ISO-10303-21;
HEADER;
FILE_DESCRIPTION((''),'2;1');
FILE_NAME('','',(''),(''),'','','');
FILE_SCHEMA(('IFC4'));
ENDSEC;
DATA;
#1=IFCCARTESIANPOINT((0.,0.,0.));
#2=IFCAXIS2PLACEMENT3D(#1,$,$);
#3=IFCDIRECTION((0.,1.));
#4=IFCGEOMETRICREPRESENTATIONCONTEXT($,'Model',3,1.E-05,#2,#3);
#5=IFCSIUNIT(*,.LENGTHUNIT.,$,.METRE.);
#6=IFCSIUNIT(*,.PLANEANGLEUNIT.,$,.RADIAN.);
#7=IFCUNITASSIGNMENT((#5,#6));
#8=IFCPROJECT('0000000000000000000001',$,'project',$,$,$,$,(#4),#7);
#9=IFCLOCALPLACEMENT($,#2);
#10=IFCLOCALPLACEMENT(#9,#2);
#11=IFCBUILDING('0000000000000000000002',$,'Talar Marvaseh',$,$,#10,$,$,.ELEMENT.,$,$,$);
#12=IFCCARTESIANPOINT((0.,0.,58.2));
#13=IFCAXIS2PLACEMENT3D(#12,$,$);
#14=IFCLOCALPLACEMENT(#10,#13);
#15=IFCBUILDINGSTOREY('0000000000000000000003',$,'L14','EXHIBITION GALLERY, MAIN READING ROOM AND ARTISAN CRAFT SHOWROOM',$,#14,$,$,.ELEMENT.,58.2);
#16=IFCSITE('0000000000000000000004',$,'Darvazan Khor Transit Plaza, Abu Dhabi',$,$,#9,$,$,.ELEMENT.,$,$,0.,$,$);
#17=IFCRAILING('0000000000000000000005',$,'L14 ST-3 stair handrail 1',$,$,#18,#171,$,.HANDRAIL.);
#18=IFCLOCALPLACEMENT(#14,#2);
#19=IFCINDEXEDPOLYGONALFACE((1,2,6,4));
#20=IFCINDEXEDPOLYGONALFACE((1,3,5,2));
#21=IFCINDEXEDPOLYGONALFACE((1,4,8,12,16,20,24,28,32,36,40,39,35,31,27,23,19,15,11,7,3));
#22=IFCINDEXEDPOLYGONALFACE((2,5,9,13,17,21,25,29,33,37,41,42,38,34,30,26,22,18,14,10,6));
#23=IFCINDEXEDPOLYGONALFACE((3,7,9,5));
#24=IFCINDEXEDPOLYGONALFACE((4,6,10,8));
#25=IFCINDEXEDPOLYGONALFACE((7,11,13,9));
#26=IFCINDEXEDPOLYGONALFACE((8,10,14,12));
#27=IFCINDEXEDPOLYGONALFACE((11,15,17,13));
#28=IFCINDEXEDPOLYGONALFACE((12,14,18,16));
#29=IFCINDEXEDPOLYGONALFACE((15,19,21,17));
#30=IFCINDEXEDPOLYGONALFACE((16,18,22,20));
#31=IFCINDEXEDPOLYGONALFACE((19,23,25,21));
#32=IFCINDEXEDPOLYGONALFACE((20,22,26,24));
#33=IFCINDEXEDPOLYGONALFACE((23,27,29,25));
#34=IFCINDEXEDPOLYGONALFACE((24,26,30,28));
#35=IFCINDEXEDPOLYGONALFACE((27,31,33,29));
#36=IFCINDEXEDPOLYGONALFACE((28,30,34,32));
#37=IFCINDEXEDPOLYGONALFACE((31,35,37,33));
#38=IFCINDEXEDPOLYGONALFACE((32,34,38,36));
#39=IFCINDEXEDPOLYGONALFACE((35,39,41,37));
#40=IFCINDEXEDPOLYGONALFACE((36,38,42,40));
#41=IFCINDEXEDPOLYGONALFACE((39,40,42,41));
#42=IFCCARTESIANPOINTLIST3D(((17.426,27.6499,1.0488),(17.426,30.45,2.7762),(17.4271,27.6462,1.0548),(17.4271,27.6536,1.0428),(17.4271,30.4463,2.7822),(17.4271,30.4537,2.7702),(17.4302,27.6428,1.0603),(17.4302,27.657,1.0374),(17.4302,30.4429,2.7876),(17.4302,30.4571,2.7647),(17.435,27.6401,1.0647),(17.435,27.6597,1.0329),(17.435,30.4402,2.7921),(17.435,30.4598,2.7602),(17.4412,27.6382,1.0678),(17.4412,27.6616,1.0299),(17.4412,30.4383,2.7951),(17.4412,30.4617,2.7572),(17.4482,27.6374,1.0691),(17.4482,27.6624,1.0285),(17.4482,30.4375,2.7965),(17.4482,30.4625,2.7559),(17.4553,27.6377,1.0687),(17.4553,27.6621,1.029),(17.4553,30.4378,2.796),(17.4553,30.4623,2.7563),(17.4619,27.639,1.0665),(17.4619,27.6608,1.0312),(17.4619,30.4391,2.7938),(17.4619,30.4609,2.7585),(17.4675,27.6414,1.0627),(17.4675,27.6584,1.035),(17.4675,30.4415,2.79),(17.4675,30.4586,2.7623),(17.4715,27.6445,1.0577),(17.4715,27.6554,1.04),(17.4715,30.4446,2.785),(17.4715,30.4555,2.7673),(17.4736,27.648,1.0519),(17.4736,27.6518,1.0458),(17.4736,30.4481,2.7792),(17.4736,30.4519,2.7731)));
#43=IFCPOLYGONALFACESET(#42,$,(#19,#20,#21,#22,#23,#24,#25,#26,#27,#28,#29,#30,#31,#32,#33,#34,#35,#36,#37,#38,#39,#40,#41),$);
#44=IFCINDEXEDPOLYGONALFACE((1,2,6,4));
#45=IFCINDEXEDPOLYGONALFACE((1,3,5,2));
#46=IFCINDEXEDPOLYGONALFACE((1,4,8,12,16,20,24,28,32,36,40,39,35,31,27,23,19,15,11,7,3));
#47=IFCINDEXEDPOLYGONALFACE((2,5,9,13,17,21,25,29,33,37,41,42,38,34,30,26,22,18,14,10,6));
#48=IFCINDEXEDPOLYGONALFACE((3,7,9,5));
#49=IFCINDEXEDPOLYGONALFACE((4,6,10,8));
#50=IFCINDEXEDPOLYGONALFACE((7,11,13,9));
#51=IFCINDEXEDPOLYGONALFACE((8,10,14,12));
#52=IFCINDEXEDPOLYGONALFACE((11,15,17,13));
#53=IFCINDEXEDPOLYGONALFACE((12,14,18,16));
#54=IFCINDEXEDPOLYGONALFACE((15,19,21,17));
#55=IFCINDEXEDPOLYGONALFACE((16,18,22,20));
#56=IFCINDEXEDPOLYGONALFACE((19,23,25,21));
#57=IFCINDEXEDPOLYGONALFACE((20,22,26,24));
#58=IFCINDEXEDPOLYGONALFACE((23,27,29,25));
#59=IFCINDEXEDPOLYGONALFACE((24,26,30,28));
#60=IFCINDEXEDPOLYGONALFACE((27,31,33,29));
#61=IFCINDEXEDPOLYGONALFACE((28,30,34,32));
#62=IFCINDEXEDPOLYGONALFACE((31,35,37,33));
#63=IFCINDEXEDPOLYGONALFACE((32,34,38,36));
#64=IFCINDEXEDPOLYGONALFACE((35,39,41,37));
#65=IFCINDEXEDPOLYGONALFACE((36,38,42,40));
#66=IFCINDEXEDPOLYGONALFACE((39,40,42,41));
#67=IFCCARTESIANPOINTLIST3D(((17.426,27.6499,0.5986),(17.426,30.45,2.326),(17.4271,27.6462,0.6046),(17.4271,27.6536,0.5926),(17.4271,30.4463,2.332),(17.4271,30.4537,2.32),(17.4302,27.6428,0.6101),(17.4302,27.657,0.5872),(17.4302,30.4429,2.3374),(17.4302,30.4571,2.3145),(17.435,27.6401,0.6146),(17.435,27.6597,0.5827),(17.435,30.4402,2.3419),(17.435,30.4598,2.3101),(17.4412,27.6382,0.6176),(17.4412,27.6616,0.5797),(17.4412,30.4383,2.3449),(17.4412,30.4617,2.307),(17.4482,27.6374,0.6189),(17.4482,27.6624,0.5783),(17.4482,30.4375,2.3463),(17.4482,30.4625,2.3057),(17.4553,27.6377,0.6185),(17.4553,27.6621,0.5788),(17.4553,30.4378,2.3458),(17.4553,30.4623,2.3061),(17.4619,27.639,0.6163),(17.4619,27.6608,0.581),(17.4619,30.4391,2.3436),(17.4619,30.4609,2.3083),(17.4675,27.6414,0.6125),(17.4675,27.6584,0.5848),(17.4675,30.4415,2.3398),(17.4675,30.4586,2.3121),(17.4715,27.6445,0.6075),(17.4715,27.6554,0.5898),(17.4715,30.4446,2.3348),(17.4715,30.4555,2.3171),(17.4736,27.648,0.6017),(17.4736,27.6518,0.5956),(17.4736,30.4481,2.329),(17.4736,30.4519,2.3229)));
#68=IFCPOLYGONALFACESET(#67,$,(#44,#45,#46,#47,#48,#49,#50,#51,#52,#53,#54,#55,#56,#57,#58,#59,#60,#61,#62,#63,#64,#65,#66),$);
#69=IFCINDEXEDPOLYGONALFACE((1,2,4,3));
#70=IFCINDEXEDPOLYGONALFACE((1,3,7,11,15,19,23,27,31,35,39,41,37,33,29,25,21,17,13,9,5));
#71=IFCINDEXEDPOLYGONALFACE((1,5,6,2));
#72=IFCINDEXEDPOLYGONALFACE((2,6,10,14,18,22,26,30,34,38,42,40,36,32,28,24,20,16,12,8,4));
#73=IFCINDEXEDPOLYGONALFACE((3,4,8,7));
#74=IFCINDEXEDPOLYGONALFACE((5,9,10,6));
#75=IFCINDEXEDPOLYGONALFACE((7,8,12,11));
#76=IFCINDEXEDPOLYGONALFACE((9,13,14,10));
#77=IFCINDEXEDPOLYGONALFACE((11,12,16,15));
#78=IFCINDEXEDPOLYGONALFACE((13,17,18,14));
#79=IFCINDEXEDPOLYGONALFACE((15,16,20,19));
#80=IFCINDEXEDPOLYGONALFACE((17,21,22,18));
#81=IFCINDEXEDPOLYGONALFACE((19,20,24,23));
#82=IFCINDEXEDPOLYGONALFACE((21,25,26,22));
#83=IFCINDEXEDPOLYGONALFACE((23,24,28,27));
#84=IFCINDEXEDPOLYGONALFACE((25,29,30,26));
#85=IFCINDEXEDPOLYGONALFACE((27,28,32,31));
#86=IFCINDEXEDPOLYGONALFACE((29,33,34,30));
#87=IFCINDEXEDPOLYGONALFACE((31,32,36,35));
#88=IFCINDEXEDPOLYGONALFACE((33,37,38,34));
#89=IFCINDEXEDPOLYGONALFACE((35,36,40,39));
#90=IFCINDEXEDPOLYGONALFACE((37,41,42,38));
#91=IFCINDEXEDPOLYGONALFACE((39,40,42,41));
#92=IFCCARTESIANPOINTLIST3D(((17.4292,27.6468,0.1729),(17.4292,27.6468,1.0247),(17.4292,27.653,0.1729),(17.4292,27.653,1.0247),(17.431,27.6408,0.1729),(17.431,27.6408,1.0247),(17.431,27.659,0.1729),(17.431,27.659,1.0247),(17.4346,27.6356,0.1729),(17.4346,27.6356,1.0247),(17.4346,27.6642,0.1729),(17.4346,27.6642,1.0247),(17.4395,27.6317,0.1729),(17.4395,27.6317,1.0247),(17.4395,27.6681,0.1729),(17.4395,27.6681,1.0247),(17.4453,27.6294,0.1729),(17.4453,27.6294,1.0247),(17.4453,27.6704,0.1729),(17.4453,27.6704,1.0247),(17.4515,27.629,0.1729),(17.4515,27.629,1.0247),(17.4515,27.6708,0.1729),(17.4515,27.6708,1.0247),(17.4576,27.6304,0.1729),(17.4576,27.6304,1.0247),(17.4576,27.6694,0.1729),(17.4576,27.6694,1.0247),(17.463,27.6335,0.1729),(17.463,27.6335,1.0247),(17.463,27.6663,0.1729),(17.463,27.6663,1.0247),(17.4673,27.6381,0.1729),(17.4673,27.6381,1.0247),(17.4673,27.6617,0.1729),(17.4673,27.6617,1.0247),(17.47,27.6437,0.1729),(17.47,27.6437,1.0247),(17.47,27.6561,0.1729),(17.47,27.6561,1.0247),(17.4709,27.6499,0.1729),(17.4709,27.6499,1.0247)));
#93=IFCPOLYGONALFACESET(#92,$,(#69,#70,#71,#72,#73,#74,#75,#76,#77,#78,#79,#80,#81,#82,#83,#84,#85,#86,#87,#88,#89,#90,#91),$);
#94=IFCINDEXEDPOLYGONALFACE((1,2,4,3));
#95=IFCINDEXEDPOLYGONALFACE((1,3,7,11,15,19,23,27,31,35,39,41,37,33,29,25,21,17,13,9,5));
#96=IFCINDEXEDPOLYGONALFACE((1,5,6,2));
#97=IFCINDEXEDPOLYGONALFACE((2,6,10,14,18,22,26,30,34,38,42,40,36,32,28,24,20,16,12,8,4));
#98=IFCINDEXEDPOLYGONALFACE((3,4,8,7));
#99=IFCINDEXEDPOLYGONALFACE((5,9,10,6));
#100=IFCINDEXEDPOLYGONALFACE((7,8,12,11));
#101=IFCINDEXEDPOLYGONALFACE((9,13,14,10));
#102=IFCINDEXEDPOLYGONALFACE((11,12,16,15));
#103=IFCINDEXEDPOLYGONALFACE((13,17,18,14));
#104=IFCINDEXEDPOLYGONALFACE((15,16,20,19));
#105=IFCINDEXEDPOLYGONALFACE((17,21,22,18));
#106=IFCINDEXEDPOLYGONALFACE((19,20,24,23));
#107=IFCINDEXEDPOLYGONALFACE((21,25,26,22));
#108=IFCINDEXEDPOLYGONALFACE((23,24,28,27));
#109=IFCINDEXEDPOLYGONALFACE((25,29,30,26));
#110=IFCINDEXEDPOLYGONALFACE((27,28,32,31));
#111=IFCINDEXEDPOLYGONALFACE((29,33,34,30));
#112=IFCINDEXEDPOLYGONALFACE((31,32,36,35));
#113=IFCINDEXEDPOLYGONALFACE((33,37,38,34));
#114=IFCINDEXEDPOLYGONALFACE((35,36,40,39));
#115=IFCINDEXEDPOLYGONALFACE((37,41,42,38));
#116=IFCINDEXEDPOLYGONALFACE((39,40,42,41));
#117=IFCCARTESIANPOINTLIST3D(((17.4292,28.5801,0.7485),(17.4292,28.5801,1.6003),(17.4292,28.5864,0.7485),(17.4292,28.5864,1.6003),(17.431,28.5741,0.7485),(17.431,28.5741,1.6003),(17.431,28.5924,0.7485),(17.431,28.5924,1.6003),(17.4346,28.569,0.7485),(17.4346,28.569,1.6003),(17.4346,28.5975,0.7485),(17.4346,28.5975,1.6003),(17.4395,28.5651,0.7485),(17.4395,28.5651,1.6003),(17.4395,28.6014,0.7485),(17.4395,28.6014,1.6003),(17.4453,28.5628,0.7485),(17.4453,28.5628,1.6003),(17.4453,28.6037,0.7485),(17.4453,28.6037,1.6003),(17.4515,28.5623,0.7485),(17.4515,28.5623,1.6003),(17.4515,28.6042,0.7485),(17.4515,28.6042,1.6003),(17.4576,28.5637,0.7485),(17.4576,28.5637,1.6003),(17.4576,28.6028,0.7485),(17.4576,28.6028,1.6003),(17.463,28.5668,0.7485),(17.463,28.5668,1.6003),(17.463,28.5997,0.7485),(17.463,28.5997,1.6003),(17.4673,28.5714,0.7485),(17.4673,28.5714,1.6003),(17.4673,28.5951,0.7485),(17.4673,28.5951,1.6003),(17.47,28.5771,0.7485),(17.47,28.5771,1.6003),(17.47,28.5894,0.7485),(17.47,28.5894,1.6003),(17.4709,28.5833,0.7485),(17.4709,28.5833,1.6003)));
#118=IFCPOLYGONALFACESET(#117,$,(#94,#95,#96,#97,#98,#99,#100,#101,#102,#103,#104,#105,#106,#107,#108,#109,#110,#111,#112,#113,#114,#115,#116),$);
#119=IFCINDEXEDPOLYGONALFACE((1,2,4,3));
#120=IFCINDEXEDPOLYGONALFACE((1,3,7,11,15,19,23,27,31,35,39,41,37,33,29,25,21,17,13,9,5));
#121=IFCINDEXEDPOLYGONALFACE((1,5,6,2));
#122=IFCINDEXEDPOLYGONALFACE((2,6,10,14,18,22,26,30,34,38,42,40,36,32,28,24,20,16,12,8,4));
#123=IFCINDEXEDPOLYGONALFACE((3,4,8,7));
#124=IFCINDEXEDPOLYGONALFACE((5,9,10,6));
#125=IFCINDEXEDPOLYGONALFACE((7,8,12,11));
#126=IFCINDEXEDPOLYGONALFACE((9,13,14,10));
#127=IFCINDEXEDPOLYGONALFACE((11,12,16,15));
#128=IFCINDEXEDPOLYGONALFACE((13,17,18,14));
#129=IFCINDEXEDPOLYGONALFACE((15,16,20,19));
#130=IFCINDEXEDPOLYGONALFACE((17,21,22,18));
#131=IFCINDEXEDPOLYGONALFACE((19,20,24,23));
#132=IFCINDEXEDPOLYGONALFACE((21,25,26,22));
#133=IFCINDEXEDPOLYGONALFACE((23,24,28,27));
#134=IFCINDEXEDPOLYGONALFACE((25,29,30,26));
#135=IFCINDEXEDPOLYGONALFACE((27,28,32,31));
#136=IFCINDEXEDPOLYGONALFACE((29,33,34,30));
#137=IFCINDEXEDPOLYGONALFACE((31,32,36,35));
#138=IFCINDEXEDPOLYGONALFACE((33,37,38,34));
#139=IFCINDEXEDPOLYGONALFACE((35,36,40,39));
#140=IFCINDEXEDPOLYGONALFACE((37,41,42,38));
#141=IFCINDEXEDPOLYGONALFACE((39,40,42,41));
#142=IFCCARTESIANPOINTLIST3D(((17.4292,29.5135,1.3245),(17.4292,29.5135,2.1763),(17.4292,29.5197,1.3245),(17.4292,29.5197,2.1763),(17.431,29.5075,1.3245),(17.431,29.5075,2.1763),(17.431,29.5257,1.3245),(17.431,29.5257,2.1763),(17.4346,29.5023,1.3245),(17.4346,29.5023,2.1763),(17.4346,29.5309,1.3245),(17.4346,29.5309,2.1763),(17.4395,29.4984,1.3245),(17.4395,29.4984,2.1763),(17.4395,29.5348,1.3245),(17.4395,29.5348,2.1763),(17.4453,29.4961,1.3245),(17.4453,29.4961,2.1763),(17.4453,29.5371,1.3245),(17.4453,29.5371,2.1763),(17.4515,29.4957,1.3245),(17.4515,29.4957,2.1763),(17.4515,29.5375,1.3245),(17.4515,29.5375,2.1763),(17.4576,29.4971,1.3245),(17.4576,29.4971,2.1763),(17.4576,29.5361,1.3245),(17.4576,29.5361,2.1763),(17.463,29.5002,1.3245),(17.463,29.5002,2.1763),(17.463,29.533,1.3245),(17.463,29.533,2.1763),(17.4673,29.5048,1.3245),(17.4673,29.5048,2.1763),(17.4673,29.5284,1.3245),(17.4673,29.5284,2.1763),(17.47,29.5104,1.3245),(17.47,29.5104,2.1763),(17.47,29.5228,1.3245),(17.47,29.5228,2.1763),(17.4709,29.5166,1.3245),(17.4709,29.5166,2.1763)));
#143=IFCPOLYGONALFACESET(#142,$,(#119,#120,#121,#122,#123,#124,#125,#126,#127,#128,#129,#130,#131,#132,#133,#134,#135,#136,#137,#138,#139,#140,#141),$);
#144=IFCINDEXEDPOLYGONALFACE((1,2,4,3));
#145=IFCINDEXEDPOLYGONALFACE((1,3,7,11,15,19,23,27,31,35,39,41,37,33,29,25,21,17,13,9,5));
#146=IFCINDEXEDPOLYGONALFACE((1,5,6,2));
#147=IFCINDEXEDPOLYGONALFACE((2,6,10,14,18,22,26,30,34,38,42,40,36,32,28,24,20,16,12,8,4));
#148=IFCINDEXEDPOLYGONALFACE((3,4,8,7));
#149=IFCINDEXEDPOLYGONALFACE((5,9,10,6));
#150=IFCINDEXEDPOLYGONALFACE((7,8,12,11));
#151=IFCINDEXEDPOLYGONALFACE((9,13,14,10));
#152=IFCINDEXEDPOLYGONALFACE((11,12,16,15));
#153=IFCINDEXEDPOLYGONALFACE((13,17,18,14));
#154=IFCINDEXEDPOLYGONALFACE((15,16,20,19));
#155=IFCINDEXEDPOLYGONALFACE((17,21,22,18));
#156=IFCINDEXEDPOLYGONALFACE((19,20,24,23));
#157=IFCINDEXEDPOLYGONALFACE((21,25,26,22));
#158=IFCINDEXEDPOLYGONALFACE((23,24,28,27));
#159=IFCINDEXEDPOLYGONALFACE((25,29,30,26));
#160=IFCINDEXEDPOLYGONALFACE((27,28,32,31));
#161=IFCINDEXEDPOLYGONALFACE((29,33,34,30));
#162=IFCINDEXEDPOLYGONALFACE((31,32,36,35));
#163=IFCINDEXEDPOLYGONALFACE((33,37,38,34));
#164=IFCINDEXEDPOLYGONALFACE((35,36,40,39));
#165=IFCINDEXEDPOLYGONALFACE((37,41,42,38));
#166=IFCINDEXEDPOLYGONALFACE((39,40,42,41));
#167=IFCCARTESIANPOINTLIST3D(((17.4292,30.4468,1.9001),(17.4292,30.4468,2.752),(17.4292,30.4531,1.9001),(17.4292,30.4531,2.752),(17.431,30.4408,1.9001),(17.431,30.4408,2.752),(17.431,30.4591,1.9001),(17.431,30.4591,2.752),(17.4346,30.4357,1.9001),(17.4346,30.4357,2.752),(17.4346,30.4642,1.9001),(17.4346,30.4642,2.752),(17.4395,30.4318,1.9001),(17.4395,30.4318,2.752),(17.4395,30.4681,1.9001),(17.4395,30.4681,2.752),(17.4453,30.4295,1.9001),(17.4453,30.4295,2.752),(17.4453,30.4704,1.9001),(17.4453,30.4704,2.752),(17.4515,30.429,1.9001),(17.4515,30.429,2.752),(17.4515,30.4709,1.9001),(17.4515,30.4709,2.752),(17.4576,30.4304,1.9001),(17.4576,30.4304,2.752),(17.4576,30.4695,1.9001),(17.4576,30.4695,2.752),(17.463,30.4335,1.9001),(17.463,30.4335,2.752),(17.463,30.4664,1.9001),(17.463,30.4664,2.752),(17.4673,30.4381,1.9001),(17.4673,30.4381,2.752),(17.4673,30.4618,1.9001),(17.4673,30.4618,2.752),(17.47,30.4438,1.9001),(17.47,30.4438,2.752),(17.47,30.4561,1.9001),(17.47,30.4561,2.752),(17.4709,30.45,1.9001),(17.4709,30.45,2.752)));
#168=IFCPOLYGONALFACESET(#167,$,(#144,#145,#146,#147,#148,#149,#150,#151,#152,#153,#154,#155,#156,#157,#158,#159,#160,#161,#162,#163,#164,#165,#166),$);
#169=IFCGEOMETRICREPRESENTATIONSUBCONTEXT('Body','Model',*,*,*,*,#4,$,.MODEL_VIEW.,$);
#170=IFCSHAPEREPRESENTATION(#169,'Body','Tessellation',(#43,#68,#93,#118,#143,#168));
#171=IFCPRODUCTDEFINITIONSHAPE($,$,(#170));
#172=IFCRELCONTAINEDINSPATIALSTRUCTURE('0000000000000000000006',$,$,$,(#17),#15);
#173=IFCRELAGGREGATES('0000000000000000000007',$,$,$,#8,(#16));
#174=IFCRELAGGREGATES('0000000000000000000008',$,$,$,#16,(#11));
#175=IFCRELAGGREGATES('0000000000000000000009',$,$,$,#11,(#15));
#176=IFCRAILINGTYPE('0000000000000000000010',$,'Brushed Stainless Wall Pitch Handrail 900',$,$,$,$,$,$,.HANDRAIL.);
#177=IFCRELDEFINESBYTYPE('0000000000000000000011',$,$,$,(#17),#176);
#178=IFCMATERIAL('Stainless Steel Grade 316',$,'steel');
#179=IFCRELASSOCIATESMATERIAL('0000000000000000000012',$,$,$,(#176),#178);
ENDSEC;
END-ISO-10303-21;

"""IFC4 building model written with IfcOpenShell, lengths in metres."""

from ifc_helpers import new_model, si_unit, direction, frame, origin, origin_2d, place, context, subcontext, project, spatial, circle, extrude, material, type_object, element, save


model = new_model("IFC4")

# Units and contexts
model_context = context("Model", 3, precision=1e-05, world=origin(), true_north=direction((0.0, 1.0)))
body_context = subcontext(model_context, "Body", "Model", "MODEL_VIEW")
ifc_project = project(units=[si_unit("LENGTHUNIT", "METRE"), si_unit("PLANEANGLEUNIT", "RADIAN")], contexts=[model_context])

# Site, building, storey
site_placement = place(None, origin())
site = spatial("IfcSite", under=ifc_project, at=site_placement, Name="Darvazan Khor Transit Plaza, Abu Dhabi", CompositionType="ELEMENT", RefElevation=0.0)
building_placement = place(site_placement, origin())
building = spatial("IfcBuilding", under=site, at=building_placement, Name="Talar Marvaseh", CompositionType="ELEMENT")
storey_placement = place(building_placement, frame((0.0, 0.0, 58.2)))
storey = spatial("IfcBuildingStorey", under=building, at=storey_placement, Name="L14", Description="EXHIBITION GALLERY, MAIN READING ROOM AND ARTISAN CRAFT SHOWROOM", CompositionType="ELEMENT", Elevation=58.2)

# Railing
ifc_material_1 = material(Name="Stainless Steel Grade 316", Category="steel")
railing_type_1 = type_object("IfcRailingType", Name="Brushed Stainless Wall Pitch Handrail 900", PredefinedType="HANDRAIL", material=ifc_material_1)
railing_1_placement = place(storey_placement, frame((17.45, 27.6499, 0.1729)))
element("IfcRailing", 1, at=railing_1_placement, inside=storey, type_object=railing_type_1, Name="L14 ST-3 stair handrail 1", PredefinedType="HANDRAIL", context=body_context, shape_type="SweptSolid", body=[
    extrude(circle(Radius=0.0239, at=origin_2d()), frame((0.0, 0.0, 0.876), z_axis=(0.0, 0.85109, 0.52502), x_axis=(-1.0, 0.0, 0.0)), (0.0, 0.0, 1.0), 3.29),
    extrude(circle(Radius=0.0239, at=origin_2d()), frame((0.0, 0.0, 0.4258), z_axis=(0.0, 0.85109, 0.52502), x_axis=(-1.0, 0.0, 0.0)), (0.0, 0.0, 1.0), 3.29),
    extrude(circle(Radius=0.021, at=origin_2d()), origin(), (0.0, 0.0, 1.0), 0.8518),
    extrude(circle(Radius=0.021, at=origin_2d()), frame((0.0, 0.9333, 0.5757)), (0.0, 0.0, 1.0), 0.8518),
    extrude(circle(Radius=0.021, at=origin_2d()), frame((0.0, 1.8667, 1.1516)), (0.0, 0.0, 1.0), 0.8518),
    extrude(circle(Radius=0.021, at=origin_2d()), frame((0.0, 2.8, 1.7273)), (0.0, 0.0, 1.0), 0.8518),
])

save(model, "model.ifc")
